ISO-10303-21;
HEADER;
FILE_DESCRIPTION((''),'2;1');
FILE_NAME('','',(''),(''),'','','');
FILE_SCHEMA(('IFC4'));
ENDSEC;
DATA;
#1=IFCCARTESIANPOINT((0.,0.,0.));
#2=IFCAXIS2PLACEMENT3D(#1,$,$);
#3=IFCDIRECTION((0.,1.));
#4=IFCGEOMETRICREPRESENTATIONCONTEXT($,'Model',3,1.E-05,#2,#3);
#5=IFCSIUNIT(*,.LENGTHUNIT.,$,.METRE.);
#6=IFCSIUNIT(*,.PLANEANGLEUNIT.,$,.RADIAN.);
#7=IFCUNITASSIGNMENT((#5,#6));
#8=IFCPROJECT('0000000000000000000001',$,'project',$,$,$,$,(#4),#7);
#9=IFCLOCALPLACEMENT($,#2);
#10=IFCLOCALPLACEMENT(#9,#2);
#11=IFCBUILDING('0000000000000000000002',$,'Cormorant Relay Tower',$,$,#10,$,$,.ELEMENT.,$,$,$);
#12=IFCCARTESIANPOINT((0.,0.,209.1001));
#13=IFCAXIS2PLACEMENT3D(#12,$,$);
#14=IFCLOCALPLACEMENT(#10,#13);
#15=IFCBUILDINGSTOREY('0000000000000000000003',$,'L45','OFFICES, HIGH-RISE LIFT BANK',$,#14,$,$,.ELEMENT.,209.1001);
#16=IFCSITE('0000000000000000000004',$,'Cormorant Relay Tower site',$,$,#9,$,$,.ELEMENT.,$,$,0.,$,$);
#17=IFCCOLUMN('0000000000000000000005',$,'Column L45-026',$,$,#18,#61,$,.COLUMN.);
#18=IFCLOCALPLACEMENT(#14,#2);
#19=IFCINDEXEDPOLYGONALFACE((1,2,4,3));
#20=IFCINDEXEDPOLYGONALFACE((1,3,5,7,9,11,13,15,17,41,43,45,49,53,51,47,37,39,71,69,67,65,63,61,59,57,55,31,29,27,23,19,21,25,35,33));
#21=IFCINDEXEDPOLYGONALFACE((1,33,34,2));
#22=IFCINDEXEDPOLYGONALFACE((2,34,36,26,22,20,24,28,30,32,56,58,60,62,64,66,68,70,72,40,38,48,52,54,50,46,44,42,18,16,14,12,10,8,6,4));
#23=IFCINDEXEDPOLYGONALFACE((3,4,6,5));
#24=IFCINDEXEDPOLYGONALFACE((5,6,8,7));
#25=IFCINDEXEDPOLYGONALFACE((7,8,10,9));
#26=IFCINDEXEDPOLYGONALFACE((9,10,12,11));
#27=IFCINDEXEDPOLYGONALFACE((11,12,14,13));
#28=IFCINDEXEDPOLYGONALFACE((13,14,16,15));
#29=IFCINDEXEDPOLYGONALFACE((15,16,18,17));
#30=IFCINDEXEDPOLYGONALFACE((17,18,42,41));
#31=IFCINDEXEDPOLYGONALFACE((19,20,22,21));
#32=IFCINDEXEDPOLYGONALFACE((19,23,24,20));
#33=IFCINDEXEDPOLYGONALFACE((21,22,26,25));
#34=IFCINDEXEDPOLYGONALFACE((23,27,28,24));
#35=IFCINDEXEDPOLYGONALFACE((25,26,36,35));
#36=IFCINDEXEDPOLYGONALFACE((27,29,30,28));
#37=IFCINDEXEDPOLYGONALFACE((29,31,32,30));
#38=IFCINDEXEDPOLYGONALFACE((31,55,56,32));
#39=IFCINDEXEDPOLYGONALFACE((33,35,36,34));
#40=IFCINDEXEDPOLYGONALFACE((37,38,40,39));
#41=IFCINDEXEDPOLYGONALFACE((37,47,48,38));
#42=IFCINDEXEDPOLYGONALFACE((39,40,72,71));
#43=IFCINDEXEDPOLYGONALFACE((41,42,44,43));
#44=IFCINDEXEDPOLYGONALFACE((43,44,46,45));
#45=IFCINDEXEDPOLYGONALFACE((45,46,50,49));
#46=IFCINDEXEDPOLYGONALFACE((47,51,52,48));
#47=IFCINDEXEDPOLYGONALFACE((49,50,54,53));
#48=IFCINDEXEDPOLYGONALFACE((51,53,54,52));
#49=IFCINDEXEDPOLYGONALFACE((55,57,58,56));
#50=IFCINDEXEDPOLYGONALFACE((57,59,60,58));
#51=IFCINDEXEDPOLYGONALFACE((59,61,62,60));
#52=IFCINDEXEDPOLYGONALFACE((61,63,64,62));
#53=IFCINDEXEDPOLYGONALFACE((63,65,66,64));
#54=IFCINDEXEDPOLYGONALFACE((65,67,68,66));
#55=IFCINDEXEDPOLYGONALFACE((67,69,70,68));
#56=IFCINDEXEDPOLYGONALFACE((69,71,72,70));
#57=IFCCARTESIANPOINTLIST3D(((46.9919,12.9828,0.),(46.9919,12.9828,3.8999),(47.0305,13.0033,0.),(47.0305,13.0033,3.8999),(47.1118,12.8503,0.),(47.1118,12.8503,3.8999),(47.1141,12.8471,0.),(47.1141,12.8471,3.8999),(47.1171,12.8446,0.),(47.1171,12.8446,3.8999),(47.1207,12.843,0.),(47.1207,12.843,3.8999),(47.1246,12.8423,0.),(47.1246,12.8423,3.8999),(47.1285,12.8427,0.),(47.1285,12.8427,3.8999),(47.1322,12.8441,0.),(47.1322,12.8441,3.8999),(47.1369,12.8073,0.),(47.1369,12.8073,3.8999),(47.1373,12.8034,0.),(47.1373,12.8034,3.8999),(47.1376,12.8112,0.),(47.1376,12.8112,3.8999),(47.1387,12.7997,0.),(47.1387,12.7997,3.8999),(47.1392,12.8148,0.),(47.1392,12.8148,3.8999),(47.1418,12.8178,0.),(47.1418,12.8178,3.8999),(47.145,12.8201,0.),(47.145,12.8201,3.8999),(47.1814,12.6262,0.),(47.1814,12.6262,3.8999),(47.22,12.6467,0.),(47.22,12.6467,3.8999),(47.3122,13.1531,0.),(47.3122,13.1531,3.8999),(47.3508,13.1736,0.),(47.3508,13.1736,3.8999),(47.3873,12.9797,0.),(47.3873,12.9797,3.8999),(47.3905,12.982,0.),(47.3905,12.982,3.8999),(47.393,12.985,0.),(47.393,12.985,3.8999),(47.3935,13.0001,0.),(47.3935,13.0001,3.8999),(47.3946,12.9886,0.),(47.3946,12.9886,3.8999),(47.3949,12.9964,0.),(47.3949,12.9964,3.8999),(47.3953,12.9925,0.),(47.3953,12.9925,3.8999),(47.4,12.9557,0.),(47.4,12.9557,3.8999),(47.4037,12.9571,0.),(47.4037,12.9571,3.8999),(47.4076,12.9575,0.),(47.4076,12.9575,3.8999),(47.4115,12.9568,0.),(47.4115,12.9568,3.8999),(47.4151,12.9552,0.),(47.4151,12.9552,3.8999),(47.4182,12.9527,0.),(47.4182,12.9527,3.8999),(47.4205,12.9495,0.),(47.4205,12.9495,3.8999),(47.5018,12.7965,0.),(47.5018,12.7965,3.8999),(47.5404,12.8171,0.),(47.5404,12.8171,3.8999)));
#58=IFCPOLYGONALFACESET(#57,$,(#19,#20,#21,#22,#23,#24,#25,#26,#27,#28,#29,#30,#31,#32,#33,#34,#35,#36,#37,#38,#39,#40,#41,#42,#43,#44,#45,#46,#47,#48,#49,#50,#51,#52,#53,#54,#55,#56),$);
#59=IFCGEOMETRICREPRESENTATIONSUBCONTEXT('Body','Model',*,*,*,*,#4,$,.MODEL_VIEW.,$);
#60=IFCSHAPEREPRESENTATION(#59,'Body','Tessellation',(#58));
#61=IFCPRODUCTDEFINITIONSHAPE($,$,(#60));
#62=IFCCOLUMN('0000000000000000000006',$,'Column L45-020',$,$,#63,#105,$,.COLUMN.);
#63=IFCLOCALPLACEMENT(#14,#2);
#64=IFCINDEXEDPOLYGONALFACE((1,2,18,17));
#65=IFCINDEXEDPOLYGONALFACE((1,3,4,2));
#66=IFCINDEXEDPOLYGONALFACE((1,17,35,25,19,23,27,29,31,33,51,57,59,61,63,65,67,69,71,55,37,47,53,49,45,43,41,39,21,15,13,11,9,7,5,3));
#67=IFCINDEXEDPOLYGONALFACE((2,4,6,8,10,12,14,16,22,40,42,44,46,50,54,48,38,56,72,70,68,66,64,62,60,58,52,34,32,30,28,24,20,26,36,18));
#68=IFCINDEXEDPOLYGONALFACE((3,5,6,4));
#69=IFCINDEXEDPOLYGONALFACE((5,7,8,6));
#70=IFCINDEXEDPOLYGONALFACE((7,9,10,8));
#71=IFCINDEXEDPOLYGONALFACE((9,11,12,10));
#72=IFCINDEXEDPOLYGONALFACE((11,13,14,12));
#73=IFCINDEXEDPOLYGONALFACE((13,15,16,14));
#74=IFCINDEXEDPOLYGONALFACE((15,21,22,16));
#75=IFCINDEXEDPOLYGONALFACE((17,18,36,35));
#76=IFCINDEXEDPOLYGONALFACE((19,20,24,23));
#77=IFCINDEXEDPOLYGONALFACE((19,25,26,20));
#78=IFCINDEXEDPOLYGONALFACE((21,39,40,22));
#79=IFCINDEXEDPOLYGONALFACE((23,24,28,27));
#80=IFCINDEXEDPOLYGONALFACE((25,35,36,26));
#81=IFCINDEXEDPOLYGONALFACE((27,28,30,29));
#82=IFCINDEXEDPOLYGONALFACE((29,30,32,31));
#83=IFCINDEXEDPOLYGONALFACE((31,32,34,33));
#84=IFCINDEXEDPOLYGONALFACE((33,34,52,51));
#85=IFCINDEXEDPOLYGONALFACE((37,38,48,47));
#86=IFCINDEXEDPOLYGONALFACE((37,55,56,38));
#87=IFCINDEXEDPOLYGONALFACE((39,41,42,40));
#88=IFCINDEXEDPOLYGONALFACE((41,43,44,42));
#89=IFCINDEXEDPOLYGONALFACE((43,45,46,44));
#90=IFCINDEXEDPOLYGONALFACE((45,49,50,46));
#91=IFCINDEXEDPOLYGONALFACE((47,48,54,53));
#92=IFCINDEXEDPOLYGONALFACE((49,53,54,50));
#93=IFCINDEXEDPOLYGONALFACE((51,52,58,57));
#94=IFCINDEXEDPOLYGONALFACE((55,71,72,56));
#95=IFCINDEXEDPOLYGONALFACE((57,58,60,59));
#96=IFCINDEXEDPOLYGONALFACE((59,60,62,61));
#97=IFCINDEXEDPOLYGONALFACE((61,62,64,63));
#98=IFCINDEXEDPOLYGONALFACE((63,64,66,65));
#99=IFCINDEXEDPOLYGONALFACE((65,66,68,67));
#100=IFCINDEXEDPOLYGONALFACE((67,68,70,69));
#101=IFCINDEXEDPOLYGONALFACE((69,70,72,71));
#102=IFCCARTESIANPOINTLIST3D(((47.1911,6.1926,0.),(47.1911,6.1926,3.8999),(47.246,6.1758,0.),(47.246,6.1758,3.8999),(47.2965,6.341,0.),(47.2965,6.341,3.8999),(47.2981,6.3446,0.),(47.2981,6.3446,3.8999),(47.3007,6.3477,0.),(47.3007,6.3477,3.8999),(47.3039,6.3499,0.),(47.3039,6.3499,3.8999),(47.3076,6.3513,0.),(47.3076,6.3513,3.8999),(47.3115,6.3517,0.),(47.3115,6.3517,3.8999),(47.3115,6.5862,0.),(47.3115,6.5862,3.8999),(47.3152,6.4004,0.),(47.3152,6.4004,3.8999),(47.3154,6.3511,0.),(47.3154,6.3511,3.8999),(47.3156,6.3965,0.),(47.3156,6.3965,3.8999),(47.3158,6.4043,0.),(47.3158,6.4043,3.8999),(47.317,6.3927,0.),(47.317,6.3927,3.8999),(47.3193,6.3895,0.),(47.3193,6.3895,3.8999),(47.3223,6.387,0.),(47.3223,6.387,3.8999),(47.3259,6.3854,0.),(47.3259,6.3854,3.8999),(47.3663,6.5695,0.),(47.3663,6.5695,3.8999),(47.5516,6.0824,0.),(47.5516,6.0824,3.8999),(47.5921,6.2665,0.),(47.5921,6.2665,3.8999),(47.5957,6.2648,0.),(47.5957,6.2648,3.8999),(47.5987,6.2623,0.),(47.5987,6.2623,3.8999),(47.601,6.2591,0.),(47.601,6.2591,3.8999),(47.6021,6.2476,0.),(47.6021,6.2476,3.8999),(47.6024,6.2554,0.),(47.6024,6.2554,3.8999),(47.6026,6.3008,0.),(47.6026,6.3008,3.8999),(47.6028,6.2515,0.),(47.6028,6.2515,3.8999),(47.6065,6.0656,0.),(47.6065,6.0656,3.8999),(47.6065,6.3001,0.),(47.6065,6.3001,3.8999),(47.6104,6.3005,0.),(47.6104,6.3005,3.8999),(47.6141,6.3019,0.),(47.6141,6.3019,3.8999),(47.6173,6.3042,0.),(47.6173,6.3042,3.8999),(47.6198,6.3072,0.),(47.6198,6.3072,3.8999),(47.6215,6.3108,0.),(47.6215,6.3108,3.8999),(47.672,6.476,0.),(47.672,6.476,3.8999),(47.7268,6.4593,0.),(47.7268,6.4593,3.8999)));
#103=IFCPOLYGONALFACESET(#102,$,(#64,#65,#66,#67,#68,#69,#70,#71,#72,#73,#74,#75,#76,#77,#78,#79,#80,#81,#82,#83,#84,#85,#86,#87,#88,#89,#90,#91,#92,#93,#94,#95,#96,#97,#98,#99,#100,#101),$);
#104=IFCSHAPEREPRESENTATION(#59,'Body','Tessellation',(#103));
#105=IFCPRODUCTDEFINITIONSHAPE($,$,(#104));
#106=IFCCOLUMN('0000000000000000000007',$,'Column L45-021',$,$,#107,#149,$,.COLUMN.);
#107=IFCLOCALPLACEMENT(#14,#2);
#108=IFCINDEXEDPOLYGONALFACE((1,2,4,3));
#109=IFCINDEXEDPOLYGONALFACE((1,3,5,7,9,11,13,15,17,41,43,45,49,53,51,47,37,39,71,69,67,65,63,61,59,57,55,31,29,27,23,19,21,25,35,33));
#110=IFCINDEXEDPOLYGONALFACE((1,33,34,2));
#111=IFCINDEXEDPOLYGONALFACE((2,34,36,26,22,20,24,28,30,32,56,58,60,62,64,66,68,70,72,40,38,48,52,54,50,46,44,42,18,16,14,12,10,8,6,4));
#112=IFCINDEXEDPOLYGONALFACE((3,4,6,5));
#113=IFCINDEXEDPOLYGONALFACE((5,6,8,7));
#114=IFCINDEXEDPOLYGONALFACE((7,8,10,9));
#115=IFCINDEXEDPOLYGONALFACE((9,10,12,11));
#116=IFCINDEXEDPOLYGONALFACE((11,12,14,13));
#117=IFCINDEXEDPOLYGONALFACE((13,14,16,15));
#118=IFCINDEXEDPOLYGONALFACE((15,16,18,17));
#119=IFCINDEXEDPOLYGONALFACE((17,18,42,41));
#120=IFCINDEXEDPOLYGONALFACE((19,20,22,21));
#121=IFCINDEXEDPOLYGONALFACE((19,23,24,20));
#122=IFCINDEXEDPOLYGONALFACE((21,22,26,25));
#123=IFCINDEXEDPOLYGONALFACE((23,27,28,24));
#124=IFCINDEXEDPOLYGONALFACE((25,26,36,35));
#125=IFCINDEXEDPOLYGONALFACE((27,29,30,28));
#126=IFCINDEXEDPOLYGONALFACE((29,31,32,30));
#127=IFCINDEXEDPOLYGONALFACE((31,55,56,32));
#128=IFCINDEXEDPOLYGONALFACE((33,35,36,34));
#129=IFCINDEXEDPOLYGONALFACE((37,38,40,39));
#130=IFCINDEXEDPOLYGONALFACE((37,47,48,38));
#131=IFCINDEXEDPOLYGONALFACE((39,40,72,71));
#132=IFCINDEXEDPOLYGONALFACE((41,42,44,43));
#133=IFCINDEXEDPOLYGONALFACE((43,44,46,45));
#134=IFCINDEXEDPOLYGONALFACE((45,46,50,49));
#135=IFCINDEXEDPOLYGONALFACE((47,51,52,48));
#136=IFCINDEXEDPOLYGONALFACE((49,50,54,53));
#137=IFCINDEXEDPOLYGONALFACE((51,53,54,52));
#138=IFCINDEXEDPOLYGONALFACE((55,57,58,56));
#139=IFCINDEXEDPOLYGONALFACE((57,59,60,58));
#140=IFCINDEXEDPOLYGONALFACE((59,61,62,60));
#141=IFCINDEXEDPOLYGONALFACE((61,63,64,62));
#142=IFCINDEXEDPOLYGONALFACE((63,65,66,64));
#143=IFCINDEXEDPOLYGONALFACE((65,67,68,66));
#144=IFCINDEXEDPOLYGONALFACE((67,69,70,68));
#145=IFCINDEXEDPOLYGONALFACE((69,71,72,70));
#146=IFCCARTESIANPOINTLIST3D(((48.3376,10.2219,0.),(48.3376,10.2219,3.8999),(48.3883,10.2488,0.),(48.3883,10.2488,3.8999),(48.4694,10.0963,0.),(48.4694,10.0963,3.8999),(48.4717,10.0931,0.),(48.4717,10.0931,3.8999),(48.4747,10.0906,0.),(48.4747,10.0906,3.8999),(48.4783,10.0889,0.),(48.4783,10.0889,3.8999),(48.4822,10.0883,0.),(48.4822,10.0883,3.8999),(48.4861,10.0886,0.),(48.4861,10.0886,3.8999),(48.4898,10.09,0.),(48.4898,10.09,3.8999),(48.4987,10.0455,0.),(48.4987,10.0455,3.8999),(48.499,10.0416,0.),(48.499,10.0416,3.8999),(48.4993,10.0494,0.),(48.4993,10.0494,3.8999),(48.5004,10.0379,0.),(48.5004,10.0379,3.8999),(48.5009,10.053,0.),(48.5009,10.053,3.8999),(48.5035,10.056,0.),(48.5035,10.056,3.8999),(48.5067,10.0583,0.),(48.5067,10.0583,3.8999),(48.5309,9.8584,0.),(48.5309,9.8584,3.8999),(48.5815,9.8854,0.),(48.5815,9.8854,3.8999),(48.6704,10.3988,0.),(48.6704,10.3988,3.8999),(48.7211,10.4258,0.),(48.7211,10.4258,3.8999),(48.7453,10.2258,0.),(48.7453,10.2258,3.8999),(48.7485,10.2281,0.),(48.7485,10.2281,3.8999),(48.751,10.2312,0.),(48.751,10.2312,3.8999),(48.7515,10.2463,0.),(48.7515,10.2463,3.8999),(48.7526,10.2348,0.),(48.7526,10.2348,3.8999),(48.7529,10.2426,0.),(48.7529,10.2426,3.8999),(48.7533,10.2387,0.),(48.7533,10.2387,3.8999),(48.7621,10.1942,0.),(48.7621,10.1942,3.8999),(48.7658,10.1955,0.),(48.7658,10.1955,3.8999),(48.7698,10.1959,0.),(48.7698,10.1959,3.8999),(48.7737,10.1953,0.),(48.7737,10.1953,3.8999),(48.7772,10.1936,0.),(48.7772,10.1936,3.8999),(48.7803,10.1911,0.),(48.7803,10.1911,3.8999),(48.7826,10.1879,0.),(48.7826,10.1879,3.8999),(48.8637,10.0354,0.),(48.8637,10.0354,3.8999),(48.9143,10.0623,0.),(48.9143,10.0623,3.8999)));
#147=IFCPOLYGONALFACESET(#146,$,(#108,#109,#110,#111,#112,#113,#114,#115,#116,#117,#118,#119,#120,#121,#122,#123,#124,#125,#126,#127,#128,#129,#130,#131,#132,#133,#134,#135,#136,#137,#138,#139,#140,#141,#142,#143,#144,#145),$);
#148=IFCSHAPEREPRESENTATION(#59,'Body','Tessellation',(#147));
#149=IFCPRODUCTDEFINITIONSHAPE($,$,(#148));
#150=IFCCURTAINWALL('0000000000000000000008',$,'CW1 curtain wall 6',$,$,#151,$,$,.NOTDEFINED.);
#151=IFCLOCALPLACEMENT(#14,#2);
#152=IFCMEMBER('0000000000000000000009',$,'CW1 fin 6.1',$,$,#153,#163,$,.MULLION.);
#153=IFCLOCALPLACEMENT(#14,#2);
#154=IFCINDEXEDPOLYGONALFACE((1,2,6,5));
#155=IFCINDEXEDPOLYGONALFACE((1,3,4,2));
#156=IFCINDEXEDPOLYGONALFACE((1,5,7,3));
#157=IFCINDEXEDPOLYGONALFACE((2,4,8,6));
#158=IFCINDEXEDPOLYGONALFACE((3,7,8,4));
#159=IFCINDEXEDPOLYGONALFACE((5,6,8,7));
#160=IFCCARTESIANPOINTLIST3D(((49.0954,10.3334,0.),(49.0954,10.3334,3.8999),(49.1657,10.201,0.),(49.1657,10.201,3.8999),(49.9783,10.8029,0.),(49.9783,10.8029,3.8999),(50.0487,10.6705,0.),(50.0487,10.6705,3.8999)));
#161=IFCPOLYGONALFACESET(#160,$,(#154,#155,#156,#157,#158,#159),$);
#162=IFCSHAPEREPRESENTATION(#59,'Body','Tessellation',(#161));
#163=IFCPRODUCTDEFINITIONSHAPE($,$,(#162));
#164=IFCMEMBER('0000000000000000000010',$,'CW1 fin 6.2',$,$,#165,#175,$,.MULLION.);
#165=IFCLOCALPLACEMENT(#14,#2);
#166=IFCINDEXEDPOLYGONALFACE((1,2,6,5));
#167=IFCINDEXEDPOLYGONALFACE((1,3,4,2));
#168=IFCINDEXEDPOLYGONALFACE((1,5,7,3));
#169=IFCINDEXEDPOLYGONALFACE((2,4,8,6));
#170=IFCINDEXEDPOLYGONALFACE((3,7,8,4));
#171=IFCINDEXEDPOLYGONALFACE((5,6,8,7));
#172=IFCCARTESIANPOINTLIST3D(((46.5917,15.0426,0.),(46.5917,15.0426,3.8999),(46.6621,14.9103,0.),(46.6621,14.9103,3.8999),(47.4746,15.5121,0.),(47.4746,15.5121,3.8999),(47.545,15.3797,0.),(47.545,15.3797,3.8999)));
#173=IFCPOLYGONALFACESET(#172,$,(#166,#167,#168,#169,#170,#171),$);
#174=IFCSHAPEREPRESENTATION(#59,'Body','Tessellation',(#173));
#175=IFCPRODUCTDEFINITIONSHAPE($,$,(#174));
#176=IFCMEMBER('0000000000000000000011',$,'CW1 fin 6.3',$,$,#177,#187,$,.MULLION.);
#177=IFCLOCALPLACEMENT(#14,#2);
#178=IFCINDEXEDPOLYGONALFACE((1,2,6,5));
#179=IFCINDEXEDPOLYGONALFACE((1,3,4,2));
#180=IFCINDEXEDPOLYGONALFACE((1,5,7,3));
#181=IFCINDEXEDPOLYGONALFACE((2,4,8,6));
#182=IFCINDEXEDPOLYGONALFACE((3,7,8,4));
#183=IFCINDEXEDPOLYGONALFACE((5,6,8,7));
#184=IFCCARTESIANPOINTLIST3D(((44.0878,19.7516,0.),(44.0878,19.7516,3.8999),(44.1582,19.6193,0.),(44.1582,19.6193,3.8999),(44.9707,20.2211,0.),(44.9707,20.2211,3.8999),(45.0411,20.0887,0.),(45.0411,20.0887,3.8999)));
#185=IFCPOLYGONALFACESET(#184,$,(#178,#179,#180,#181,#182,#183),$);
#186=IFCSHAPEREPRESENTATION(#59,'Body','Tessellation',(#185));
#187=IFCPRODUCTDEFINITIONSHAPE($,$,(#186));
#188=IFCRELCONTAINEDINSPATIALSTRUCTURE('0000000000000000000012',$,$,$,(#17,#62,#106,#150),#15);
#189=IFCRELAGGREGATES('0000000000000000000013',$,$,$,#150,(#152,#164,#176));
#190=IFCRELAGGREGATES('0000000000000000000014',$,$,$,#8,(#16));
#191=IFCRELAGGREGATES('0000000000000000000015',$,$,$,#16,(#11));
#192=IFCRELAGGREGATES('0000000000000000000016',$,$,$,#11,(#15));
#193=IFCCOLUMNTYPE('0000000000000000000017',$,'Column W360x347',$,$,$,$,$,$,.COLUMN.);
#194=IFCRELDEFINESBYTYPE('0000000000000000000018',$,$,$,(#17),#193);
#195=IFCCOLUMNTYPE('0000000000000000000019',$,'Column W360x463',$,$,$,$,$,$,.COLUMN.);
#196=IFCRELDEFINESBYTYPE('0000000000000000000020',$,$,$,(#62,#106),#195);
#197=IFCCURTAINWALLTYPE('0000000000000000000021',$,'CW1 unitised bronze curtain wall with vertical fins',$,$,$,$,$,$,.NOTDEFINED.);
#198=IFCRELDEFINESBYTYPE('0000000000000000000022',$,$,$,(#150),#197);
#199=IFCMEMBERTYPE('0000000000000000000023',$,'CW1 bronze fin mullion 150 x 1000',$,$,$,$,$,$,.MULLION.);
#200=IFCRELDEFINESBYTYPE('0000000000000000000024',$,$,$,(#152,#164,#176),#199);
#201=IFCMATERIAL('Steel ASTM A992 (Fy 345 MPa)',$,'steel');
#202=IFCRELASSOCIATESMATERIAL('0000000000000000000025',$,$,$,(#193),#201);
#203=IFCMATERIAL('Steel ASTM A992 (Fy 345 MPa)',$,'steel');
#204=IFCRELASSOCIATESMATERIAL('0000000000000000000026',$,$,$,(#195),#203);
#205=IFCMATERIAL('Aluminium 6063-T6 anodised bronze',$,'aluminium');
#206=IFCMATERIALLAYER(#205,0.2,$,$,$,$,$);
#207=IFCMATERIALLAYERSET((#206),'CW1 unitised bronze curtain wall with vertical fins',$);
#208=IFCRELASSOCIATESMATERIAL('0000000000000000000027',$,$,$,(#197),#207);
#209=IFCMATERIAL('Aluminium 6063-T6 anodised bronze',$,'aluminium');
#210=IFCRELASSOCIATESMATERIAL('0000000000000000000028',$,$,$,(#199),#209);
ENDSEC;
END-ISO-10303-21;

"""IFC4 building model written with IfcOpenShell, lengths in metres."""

from ifc_helpers import new_model, si_unit, direction, frame, origin, origin_2d, place, context, subcontext, project, spatial, rectangle, i_section, extrude, material, layer, layer_set, material_profile, profile_set, type_object, element, aggregate, save


model = new_model("IFC4")

# Units and contexts
model_context = context("Model", 3, precision=1e-05, world=origin(), true_north=direction((0.0, 1.0)))
body_context = subcontext(model_context, "Body", "Model", "MODEL_VIEW")
ifc_project = project(units=[si_unit("LENGTHUNIT", "METRE"), si_unit("PLANEANGLEUNIT", "RADIAN")], contexts=[model_context])

# Site, building, storey
site_placement = place(None, origin())
site = spatial("IfcSite", under=ifc_project, at=site_placement, Name="Cormorant Relay Tower site", CompositionType="ELEMENT", RefElevation=0.0)
building_placement = place(site_placement, origin())
building = spatial("IfcBuilding", under=site, at=building_placement, Name="Cormorant Relay Tower", CompositionType="ELEMENT")
storey_placement = place(building_placement, frame((0.0, 0.0, 209.1001)))
storey = spatial("IfcBuildingStorey", under=building, at=storey_placement, Name="L45", Description="OFFICES, HIGH-RISE LIFT BANK", CompositionType="ELEMENT", Elevation=209.1001)

# Columns
ifc_material_1 = material(Name="Steel ASTM A992 (Fy 345 MPa)", Category="steel")
ifc_material_profile_1 = material_profile(ifc_material_1, i_section(OverallWidth=0.4038, OverallDepth=0.4065, WebThickness=0.0271, FlangeThickness=0.0437, FilletRadius=0.0151, at=origin_2d()), Name="W360x347")
ifc_profile_set_1 = profile_set([ifc_material_profile_1], Name="Steel ASTM A992 (Fy 345 MPa)")
column_type_1 = type_object("IfcColumnType", Name="Column W360x347", PredefinedType="COLUMN", material=ifc_profile_set_1)
column_placement = place(storey_placement, frame((47.2661, 12.8999, 0.0), z_axis=(0.0, 0.0, 1.0), x_axis=(-0.469472, 0.882948, 0.0)))
element("IfcColumn", 1, at=column_placement, inside=storey, type_object=column_type_1, Name="Column L45-026", PredefinedType="COLUMN", context=body_context, shape_type="SweptSolid", body=[
    extrude(i_section(OverallWidth=0.4038, OverallDepth=0.4065, WebThickness=0.0271, FlangeThickness=0.0437, FilletRadius=0.0151, at=origin_2d()), origin(), (0.0, 0.0, 1.0), 3.8999),
])
ifc_material_2 = material(Name="Steel ASTM A992 (Fy 345 MPa)", Category="steel")
ifc_material_profile_2 = material_profile(ifc_material_2, i_section(OverallWidth=0.4116, OverallDepth=0.4343, WebThickness=0.0359, FlangeThickness=0.0574, FilletRadius=0.0151, at=origin_2d()), Name="W360x463")
ifc_profile_set_2 = profile_set([ifc_material_profile_2], Name="Steel ASTM A992 (Fy 345 MPa)")
column_type_2 = type_object("IfcColumnType", Name="Column W360x463", PredefinedType="COLUMN", material=ifc_profile_set_2)
for number, where, z_axis, x_axis, name in (
    (2, (47.459, 6.3259, 0.0), (0.0, 0.0, 1.0), (0.292372, 0.956305, 0.0), "Column L45-020"),
    (3, (48.626, 10.1421, 0.0), (0.0, 0.0, 1.0), (-0.469472, 0.882948, 0.0), "Column L45-021"),
):
    element("IfcColumn", number, at=place(storey_placement, frame(where, z_axis=z_axis, x_axis=x_axis)), inside=storey, type_object=column_type_2, Name=name, PredefinedType="COLUMN", context=body_context, shape_type="SweptSolid", body=[
        extrude(i_section(OverallWidth=0.4116, OverallDepth=0.4343, WebThickness=0.0359, FlangeThickness=0.0574, FilletRadius=0.0151, at=origin_2d()), origin(), (0.0, 0.0, 1.0), 3.8999),
    ])

# Curtain wall, members
ifc_material_3 = material(Name="Aluminium 6063-T6 anodised bronze", Category="aluminium")
ifc_layer_1 = layer(ifc_material_3, 0.2)
ifc_layer_set_1 = layer_set([ifc_layer_1], Name="CW1 unitised bronze curtain wall with vertical fins")
curtain_wall_type = type_object("IfcCurtainWallType", Name="CW1 unitised bronze curtain wall with vertical fins", PredefinedType="NOTDEFINED", material=ifc_layer_set_1)
curtain_wall_1_placement = place(storey_placement, origin())
curtain_wall_1 = element("IfcCurtainWall", 4, at=curtain_wall_1_placement, inside=storey, type_object=curtain_wall_type, Name="CW1 curtain wall 6", PredefinedType="NOTDEFINED")
ifc_material_4 = material(Name="Aluminium 6063-T6 anodised bronze", Category="aluminium")
ifc_material_profile_3 = material_profile(ifc_material_4, rectangle(XDim=0.1499, YDim=1.0, at=origin_2d()), Name="AL 150x1000")
ifc_profile_set_3 = profile_set([ifc_material_profile_3], Name="Aluminium 6063-T6 anodised bronze")
member_type_1 = type_object("IfcMemberType", Name="CW1 bronze fin mullion 150 x 1000", PredefinedType="MULLION", material=ifc_profile_set_3)
member_1_placement = place(storey_placement, frame((49.572, 10.502, 0.0), z_axis=(0.0, 0.0, 1.0), x_axis=(-0.469472, 0.882948, 0.0)))
member_1 = element("IfcMember", 5, at=member_1_placement, type_object=member_type_1, Name="CW1 fin 6.1", PredefinedType="MULLION", context=body_context, shape_type="SweptSolid", body=[
    extrude(rectangle(XDim=0.1499, YDim=1.0, at=origin_2d()), origin(), (0.0, 0.0, 1.0), 3.8999),
])
member_2_placement = place(storey_placement, frame((47.0684, 15.2112, 0.0), z_axis=(0.0, 0.0, 1.0), x_axis=(-0.469472, 0.882948, 0.0)))
member_2 = element("IfcMember", 6, at=member_2_placement, type_object=member_type_1, Name="CW1 fin 6.2", PredefinedType="MULLION", context=body_context, shape_type="SweptSolid", body=[
    extrude(rectangle(XDim=0.1499, YDim=1.0, at=origin_2d()), origin(), (0.0, 0.0, 1.0), 3.8999),
])
member_3_placement = place(storey_placement, frame((44.5645, 19.9202, 0.0), z_axis=(0.0, 0.0, 1.0), x_axis=(-0.469472, 0.882948, 0.0)))
member_3 = element("IfcMember", 7, at=member_3_placement, type_object=member_type_1, Name="CW1 fin 6.3", PredefinedType="MULLION", context=body_context, shape_type="SweptSolid", body=[
    extrude(rectangle(XDim=0.1499, YDim=1.0, at=origin_2d()), origin(), (0.0, 0.0, 1.0), 3.8999),
])

aggregate(curtain_wall_1, [member_1, member_2, member_3])

save(model, "model.ifc")
